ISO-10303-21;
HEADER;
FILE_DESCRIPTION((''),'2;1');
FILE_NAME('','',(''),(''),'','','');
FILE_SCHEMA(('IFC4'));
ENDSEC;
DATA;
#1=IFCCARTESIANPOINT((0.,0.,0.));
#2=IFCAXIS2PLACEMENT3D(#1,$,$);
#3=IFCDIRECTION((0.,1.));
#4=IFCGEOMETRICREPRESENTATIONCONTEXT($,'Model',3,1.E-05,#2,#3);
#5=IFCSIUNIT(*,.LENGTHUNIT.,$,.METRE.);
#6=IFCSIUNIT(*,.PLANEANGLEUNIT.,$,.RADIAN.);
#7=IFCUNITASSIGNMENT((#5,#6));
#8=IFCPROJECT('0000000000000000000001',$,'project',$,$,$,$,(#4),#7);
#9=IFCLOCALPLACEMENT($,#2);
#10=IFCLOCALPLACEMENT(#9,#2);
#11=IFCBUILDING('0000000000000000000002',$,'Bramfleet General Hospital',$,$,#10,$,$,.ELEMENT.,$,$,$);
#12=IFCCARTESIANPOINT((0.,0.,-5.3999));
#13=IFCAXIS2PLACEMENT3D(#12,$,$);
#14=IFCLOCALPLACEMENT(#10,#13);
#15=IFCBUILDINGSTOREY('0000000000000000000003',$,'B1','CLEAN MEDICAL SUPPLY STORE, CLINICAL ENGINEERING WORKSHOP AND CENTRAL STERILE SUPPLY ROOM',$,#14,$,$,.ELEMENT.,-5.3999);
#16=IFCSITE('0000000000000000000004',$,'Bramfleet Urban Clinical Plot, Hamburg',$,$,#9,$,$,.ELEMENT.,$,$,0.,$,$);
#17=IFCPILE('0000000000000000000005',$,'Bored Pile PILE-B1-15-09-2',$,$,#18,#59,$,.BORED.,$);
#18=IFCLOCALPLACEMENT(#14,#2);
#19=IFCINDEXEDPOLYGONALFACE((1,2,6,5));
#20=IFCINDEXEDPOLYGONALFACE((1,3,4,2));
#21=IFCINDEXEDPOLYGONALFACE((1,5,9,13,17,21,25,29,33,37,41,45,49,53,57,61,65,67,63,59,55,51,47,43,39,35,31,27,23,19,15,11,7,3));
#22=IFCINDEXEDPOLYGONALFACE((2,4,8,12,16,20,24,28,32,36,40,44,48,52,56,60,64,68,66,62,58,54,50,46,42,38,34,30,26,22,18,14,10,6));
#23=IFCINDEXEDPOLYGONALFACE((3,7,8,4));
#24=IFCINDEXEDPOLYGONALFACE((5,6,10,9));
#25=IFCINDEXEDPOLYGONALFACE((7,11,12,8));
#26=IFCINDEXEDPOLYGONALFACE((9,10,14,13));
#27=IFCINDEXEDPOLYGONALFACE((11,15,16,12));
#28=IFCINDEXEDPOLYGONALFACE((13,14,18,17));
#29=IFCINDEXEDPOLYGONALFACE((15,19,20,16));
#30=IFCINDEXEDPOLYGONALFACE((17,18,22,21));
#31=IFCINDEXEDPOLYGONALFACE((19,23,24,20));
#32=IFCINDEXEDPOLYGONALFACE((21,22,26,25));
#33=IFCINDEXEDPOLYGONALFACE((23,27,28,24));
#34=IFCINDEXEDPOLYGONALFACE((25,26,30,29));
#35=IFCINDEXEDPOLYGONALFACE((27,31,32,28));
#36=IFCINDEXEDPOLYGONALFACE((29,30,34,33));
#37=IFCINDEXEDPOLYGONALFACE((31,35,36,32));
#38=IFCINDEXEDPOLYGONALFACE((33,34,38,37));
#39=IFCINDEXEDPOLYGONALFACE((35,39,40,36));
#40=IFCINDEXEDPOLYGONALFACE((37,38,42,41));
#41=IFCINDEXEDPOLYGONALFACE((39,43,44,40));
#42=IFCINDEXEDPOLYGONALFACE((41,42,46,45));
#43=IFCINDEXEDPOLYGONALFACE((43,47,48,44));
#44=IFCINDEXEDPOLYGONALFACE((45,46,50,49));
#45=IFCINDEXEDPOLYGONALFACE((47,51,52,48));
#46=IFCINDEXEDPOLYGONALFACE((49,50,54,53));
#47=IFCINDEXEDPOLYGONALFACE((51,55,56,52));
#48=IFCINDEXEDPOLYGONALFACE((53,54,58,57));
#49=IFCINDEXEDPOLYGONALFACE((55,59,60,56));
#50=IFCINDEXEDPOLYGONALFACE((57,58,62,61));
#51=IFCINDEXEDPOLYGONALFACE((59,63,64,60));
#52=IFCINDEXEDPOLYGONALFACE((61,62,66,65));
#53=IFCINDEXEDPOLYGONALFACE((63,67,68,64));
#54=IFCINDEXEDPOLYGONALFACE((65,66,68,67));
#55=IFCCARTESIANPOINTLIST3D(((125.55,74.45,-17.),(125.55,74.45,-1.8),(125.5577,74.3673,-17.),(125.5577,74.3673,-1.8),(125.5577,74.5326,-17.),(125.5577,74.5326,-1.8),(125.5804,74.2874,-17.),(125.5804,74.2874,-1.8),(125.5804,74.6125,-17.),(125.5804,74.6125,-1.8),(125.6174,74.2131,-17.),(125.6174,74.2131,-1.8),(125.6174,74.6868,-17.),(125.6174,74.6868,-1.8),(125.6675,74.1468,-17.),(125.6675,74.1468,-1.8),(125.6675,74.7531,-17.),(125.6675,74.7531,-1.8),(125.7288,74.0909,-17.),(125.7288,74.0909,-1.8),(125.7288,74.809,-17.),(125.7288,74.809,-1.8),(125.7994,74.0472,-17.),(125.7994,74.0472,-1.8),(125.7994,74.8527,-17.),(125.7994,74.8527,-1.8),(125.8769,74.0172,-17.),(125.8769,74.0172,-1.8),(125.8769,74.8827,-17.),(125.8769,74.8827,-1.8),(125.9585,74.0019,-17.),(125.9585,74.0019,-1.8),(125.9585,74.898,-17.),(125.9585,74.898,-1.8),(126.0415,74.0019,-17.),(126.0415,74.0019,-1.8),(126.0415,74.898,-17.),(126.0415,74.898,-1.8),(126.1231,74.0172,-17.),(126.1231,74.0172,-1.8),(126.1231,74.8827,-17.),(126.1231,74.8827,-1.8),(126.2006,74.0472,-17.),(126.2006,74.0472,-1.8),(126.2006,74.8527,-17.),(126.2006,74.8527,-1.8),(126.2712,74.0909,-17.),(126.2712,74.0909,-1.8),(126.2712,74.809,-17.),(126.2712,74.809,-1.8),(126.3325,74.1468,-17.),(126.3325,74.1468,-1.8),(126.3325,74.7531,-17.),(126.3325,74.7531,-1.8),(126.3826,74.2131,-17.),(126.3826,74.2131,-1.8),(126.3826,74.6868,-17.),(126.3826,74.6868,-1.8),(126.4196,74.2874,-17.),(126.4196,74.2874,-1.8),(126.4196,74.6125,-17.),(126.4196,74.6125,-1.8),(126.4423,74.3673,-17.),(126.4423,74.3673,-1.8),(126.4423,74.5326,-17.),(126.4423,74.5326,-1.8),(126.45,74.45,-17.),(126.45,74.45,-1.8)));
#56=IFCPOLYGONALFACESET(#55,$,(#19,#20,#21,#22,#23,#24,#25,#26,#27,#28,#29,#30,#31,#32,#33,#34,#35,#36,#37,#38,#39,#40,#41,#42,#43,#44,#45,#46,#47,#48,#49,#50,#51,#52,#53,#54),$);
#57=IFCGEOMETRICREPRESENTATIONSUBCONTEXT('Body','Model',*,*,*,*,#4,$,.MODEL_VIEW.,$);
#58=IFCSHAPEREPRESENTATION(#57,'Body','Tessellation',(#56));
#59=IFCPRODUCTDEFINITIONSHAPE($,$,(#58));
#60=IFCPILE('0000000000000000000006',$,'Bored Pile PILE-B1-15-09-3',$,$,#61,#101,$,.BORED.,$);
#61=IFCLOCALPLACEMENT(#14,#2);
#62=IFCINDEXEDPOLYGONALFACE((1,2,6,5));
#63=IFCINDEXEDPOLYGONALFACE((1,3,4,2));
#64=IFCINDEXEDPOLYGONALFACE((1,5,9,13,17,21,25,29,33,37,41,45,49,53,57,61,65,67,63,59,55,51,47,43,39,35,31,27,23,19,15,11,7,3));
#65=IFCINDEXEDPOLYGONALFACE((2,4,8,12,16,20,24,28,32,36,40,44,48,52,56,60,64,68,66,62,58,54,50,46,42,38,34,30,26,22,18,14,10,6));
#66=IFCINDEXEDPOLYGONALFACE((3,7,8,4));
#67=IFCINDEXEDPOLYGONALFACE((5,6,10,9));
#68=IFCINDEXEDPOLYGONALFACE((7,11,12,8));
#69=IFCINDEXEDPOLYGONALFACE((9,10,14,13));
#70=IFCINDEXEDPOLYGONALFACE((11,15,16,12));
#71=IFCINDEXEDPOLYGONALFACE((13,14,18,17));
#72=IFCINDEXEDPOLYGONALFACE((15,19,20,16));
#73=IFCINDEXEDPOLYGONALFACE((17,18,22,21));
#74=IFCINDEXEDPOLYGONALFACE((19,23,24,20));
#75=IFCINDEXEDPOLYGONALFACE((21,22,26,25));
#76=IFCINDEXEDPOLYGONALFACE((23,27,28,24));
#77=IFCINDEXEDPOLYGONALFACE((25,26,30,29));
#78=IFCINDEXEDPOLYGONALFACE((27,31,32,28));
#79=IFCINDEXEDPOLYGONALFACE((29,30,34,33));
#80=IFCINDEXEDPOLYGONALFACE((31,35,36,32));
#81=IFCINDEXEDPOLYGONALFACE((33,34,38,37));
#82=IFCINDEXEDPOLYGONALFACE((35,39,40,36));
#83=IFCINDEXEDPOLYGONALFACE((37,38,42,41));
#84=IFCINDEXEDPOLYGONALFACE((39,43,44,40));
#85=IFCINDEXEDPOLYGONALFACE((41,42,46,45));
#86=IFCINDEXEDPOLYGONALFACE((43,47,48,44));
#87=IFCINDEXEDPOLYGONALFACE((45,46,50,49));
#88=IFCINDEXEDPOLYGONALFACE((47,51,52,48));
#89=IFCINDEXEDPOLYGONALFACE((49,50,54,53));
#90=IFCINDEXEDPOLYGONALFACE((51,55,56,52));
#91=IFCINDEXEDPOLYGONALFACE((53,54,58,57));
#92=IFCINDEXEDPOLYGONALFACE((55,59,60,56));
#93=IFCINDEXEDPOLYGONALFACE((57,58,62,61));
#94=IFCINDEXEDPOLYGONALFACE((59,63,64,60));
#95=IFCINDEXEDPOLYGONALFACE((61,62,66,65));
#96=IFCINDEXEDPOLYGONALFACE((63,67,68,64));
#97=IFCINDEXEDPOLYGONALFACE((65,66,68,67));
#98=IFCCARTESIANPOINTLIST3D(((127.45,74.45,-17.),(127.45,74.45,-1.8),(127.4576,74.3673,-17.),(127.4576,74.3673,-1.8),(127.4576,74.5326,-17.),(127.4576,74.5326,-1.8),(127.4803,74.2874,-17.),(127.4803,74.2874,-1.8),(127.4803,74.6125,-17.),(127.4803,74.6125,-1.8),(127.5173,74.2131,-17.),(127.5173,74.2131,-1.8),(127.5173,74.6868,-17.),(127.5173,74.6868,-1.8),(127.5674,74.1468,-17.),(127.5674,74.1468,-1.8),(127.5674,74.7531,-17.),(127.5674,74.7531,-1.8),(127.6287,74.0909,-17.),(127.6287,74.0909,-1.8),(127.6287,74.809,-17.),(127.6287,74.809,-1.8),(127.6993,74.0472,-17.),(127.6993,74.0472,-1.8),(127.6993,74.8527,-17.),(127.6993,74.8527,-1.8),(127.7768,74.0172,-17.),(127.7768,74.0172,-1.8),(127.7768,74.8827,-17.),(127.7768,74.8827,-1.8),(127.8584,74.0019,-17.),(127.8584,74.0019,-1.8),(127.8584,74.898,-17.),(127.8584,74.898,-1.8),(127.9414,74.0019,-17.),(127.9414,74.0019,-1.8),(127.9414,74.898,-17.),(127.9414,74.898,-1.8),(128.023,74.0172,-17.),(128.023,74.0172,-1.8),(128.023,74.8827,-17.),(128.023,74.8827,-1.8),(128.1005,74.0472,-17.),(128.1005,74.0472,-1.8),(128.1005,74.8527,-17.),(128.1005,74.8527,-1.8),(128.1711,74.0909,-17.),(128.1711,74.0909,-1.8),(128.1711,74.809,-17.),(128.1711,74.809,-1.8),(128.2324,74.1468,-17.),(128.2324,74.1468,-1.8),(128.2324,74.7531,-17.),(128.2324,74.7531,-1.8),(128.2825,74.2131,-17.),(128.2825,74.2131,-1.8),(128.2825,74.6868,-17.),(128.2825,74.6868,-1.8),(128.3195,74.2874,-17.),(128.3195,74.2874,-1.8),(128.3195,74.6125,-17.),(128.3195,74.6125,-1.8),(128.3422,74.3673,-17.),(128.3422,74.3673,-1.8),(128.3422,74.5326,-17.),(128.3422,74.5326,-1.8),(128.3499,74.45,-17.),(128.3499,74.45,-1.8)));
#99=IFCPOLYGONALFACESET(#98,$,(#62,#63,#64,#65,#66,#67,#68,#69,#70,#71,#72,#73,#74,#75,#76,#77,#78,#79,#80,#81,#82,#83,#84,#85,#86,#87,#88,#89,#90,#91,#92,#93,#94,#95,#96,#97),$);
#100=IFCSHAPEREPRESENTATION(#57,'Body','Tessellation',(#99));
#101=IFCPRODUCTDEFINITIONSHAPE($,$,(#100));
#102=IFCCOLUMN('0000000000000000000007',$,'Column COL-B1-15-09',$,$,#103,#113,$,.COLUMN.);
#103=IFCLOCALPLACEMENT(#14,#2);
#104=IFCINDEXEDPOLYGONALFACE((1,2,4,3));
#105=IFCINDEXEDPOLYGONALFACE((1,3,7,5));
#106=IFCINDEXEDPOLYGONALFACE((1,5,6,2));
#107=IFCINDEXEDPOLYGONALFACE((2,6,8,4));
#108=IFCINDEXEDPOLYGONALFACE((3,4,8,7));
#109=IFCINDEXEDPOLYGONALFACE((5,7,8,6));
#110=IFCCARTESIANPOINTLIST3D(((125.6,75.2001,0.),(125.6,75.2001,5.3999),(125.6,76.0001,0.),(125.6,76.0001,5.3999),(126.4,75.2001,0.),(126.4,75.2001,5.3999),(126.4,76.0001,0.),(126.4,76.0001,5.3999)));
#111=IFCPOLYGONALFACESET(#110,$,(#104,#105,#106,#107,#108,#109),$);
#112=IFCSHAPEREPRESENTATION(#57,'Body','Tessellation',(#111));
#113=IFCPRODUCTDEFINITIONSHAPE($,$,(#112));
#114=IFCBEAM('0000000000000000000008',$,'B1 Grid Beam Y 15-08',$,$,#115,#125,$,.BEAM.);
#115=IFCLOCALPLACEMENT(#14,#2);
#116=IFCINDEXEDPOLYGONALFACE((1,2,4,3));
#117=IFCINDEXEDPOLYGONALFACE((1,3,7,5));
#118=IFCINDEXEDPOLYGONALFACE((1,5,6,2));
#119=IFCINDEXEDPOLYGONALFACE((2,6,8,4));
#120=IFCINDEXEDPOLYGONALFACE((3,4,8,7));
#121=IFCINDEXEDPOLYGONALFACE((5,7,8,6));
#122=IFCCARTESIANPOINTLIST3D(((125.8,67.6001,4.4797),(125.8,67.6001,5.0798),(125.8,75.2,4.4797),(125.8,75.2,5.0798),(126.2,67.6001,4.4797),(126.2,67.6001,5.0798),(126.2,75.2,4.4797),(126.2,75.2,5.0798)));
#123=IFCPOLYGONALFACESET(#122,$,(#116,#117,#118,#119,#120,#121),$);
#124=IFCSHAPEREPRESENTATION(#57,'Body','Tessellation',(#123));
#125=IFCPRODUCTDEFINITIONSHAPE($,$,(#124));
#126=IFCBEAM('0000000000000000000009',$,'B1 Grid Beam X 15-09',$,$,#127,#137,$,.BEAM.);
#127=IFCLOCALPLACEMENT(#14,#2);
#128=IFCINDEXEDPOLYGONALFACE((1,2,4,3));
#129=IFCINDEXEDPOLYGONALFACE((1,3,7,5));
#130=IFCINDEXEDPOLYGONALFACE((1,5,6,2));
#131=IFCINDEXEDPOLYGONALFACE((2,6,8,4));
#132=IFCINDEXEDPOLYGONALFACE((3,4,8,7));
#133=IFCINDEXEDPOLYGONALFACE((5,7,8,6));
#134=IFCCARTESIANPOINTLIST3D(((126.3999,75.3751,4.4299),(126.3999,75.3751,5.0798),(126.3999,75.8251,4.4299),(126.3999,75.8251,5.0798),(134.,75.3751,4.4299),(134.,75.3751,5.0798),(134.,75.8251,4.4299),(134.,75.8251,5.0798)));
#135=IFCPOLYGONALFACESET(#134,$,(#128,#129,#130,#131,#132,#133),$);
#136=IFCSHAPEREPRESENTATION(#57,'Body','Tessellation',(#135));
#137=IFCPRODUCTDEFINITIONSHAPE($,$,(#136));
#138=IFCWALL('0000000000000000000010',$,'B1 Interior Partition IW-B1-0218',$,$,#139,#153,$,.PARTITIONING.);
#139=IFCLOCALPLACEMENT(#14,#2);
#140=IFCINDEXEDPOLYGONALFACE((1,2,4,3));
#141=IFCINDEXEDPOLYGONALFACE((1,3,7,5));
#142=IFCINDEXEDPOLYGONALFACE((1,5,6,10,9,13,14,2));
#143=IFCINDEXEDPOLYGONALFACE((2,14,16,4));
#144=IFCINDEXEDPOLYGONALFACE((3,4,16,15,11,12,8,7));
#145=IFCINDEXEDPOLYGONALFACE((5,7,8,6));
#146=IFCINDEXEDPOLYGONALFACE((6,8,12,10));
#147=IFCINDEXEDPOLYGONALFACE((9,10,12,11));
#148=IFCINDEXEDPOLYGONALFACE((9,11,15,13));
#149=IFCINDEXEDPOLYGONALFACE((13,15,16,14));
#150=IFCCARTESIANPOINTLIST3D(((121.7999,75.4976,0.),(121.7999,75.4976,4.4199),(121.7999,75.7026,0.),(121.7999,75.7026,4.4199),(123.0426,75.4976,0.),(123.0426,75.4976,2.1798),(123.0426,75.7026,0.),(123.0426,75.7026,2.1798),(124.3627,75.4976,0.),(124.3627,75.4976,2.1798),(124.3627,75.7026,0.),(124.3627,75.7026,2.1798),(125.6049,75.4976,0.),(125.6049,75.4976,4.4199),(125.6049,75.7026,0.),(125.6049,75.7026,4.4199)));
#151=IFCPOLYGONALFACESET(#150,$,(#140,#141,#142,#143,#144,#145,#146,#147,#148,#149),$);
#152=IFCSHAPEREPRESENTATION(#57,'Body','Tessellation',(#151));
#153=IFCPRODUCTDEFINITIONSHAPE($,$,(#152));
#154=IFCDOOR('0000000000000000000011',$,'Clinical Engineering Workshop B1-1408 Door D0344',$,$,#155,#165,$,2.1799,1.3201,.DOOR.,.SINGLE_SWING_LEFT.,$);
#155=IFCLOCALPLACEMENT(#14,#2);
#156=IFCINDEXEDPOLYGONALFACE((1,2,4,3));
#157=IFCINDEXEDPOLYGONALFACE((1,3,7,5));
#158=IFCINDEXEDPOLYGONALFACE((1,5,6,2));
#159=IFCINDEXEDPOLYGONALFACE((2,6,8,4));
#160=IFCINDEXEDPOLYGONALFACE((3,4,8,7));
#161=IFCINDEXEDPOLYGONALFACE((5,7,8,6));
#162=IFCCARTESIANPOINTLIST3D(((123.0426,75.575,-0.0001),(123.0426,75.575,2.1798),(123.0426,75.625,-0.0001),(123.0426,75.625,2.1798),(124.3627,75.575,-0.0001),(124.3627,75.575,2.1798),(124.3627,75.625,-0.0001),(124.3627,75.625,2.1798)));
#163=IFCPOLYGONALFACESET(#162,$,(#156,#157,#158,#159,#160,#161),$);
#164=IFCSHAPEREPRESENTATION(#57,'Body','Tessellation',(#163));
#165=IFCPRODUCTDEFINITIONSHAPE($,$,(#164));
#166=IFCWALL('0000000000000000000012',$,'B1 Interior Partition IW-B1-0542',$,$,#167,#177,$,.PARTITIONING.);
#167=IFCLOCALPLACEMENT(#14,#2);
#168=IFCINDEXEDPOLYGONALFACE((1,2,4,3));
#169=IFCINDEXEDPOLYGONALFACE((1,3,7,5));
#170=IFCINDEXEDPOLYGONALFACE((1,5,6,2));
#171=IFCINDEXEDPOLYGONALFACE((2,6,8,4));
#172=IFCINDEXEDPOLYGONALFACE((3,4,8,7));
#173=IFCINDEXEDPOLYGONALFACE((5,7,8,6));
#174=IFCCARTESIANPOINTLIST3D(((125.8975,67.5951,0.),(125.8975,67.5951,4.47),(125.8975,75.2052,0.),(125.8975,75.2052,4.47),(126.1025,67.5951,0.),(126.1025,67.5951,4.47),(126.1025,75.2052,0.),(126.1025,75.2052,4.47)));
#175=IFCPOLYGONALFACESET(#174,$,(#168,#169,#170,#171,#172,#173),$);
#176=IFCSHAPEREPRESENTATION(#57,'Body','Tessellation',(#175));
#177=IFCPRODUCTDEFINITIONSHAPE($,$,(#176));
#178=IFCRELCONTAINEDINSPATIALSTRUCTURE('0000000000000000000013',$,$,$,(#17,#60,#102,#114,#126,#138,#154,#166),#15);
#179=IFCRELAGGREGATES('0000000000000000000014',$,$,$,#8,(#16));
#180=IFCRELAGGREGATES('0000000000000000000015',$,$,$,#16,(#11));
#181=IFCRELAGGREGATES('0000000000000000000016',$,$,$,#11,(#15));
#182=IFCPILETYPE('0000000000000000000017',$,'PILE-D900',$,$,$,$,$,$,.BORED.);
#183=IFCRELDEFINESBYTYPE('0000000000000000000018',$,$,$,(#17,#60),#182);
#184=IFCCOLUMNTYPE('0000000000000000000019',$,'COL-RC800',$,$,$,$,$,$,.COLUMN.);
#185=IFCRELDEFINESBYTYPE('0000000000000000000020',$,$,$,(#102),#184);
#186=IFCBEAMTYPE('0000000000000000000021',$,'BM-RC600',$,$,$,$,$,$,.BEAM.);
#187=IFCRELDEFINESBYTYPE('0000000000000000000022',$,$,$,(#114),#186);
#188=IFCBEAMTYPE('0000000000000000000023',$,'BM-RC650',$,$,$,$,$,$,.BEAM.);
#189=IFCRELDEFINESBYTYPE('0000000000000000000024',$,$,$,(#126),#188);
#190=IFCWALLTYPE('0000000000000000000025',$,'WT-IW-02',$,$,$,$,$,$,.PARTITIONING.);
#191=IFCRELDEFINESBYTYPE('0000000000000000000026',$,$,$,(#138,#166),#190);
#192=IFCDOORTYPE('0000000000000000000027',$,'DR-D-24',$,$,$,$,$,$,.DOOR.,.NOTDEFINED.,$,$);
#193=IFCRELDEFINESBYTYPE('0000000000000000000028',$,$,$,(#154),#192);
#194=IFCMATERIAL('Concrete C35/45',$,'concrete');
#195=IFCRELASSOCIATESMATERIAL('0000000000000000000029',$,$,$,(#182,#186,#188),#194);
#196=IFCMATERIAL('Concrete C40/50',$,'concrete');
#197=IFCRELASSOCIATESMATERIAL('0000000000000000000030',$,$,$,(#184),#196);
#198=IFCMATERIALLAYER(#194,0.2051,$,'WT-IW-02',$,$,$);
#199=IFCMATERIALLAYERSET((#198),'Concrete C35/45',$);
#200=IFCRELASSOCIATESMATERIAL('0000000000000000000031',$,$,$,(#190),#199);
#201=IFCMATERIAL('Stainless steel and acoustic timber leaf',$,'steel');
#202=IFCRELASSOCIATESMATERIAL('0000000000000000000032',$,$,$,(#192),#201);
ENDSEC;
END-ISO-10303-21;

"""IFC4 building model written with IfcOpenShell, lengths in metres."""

from ifc_helpers import new_model, si_unit, direction, frame, frame_2d, origin, origin_2d, place, context, subcontext, project, spatial, rectangle, circle, extrude, material, layer, layer_set, material_profile, profile_set, type_object, element, fill, save


model = new_model("IFC4")

# Units and contexts
model_context = context("Model", 3, precision=1e-05, world=origin(), true_north=direction((0.0, 1.0)))
body_context = subcontext(model_context, "Body", "Model", "MODEL_VIEW")
ifc_project = project(units=[si_unit("LENGTHUNIT", "METRE"), si_unit("PLANEANGLEUNIT", "RADIAN")], contexts=[model_context])

# Site, building, storey
site_placement = place(None, origin())
site = spatial("IfcSite", under=ifc_project, at=site_placement, Name="Bramfleet Urban Clinical Plot, Hamburg", CompositionType="ELEMENT", RefElevation=0.0)
building_placement = place(site_placement, origin())
building = spatial("IfcBuilding", under=site, at=building_placement, Name="Bramfleet General Hospital", CompositionType="ELEMENT")
storey_placement = place(building_placement, frame((0.0, 0.0, -5.3999)))
storey = spatial("IfcBuildingStorey", under=building, at=storey_placement, Name="B1", Description="CLEAN MEDICAL SUPPLY STORE, CLINICAL ENGINEERING WORKSHOP AND CENTRAL STERILE SUPPLY ROOM", CompositionType="ELEMENT", Elevation=-5.3999)

# Shared definitions
ifc_material_1 = material(Name="Concrete C35/45", Category="concrete")

# Piles
ifc_material_profile_1 = material_profile(ifc_material_1, circle(Radius=0.45, at=origin_2d()), Name="PILE BORED D900")
ifc_profile_set_1 = profile_set([ifc_material_profile_1], Name="Concrete C35/45")
pile_type = type_object("IfcPileType", Name="PILE-D900", PredefinedType="BORED", material=ifc_profile_set_1)
for number, where, z_axis, x_axis, name in (
    (1, (126.0, 74.45, -1.8), (0.0, 0.0, -1.0), (1.0, 0.0, 0.0), "Bored Pile PILE-B1-15-09-2"),
    (2, (127.8999, 74.45, -1.8), (0.0, 0.0, -1.0), (1.0, 0.0, 0.0), "Bored Pile PILE-B1-15-09-3"),
):
    element("IfcPile", number, at=place(storey_placement, frame(where, z_axis=z_axis, x_axis=x_axis)), inside=storey, type_object=pile_type, Name=name, PredefinedType="BORED", context=body_context, shape_type="SweptSolid", body=[
        extrude(circle(Radius=0.45, at=origin_2d()), origin(), (0.0, 0.0, 1.0), 15.2),
    ])

# Column
ifc_material_2 = material(Name="Concrete C40/50", Category="concrete")
ifc_material_profile_2 = material_profile(ifc_material_2, rectangle(XDim=0.8, YDim=0.8, at=origin_2d()), Name="RC COL 800x800")
ifc_profile_set_2 = profile_set([ifc_material_profile_2], Name="Concrete C40/50")
column_type = type_object("IfcColumnType", Name="COL-RC800", PredefinedType="COLUMN", material=ifc_profile_set_2)
column_placement = place(storey_placement, frame((126.0, 75.6001, 0.0), z_axis=(0.0, 0.0, 1.0), x_axis=(1.0, 0.0, 0.0)))
element("IfcColumn", 3, at=column_placement, inside=storey, type_object=column_type, Name="Column COL-B1-15-09", PredefinedType="COLUMN", context=body_context, shape_type="SweptSolid", body=[
    extrude(rectangle(XDim=0.8, YDim=0.8, at=origin_2d()), origin(), (0.0, 0.0, 1.0), 5.3999),
])

# Beams
ifc_material_profile_3 = material_profile(ifc_material_1, rectangle(XDim=0.3999, YDim=0.6001, at=origin_2d()), Name="RC BM 600x400")
ifc_profile_set_3 = profile_set([ifc_material_profile_3], Name="Concrete C35/45")
beam_type_1 = type_object("IfcBeamType", Name="BM-RC600", PredefinedType="BEAM", material=ifc_profile_set_3)
beam_1_placement = place(storey_placement, frame((126.0, 67.6001, 4.7798), z_axis=(0.0, 1.0, 0.0), x_axis=(-1.0, 0.0, 0.0)))
element("IfcBeam", 4, at=beam_1_placement, inside=storey, type_object=beam_type_1, Name="B1 Grid Beam Y 15-08", PredefinedType="BEAM", context=body_context, shape_type="SweptSolid", body=[
    extrude(rectangle(XDim=0.3999, YDim=0.6001, at=origin_2d()), origin(), (0.0, 0.0, 1.0), 7.5999),
])
ifc_material_profile_4 = material_profile(ifc_material_1, rectangle(XDim=0.45, YDim=0.6499, at=origin_2d()), Name="RC BM 650x450")
ifc_profile_set_4 = profile_set([ifc_material_profile_4], Name="Concrete C35/45")
beam_type_2 = type_object("IfcBeamType", Name="BM-RC650", PredefinedType="BEAM", material=ifc_profile_set_4)
beam_2_placement = place(storey_placement, frame((126.3999, 75.6001, 4.7549), z_axis=(1.0, 0.0, 0.0), x_axis=(0.0, 1.0, 0.0)))
element("IfcBeam", 5, at=beam_2_placement, inside=storey, type_object=beam_type_2, Name="B1 Grid Beam X 15-09", PredefinedType="BEAM", context=body_context, shape_type="SweptSolid", body=[
    extrude(rectangle(XDim=0.45, YDim=0.6499, at=origin_2d()), origin(), (0.0, 0.0, 1.0), 7.6001),
])

# Wall, opening, door
ifc_layer_1 = layer(ifc_material_1, 0.2051, Name="WT-IW-02")
ifc_layer_set_1 = layer_set([ifc_layer_1], Name="Concrete C35/45")
wall_type_1 = type_object("IfcWallType", Name="WT-IW-02", PredefinedType="PARTITIONING", material=ifc_layer_set_1)
wall_1_placement = place(storey_placement, frame((121.8, 75.6001, 0.0), z_axis=(0.0, 0.0, 1.0), x_axis=(1.0, 0.0, 0.0)))
wall_1 = element("IfcWall", 6, at=wall_1_placement, inside=storey, type_object=wall_type_1, Name="B1 Interior Partition IW-B1-0218", PredefinedType="PARTITIONING", context=body_context, shape_type="SweptSolid", body=[
    extrude(rectangle(XDim=3.8049, YDim=0.2051, at=frame_2d((1.9023, 0.0))), origin(), (0.0, 0.0, 1.0), 4.4199),
])
opening_placement = place(wall_1_placement, frame((1.2424, 0.0, 0.0)))
opening = element("IfcOpeningElement", 7, at=opening_placement, cuts=wall_1, PredefinedType="OPENING", context=body_context, shape_type="SweptSolid", body=[
    extrude(rectangle(XDim=1.3201, YDim=2.1799, at=frame_2d((0.6602, 1.0898))), frame((0.0, 0.1125, 0.0), z_axis=(0.0, -1.0, 0.0), x_axis=(1.0, 0.0, 0.0)), (0.0, 0.0, 1.0), 0.2251),
])
ifc_material_3 = material(Name="Stainless steel and acoustic timber leaf", Category="steel")
door_type = type_object("IfcDoorType", Name="DR-D-24", OperationType="NOTDEFINED", PredefinedType="DOOR", material=ifc_material_3)
door_placement = place(opening_placement, origin())
door = element("IfcDoor", 8, at=door_placement, inside=storey, type_object=door_type, Name="Clinical Engineering Workshop B1-1408 Door D0344", OperationType="SINGLE_SWING_LEFT", OverallHeight=2.1799, OverallWidth=1.3201, PredefinedType="DOOR", context=body_context, shape_type="SweptSolid", body=[
    extrude(rectangle(XDim=1.3201, YDim=2.1799, at=frame_2d((0.6602, 1.0898))), frame((0.0, 0.0249, 0.0), z_axis=(0.0, -1.0, 0.0), x_axis=(1.0, 0.0, 0.0)), (0.0, 0.0, 1.0), 0.05),
])
fill(opening, door)

# Wall
wall_2_placement = place(storey_placement, frame((126.0, 67.595, 0.0), z_axis=(0.0, 0.0, 1.0), x_axis=(0.0, 1.0, 0.0)))
element("IfcWall", 9, at=wall_2_placement, inside=storey, type_object=wall_type_1, Name="B1 Interior Partition IW-B1-0542", PredefinedType="PARTITIONING", context=body_context, shape_type="SweptSolid", body=[
    extrude(rectangle(XDim=7.6101, YDim=0.2051, at=frame_2d((3.8052, 0.0))), origin(), (0.0, 0.0, 1.0), 4.47),
])

save(model, "model.ifc")
